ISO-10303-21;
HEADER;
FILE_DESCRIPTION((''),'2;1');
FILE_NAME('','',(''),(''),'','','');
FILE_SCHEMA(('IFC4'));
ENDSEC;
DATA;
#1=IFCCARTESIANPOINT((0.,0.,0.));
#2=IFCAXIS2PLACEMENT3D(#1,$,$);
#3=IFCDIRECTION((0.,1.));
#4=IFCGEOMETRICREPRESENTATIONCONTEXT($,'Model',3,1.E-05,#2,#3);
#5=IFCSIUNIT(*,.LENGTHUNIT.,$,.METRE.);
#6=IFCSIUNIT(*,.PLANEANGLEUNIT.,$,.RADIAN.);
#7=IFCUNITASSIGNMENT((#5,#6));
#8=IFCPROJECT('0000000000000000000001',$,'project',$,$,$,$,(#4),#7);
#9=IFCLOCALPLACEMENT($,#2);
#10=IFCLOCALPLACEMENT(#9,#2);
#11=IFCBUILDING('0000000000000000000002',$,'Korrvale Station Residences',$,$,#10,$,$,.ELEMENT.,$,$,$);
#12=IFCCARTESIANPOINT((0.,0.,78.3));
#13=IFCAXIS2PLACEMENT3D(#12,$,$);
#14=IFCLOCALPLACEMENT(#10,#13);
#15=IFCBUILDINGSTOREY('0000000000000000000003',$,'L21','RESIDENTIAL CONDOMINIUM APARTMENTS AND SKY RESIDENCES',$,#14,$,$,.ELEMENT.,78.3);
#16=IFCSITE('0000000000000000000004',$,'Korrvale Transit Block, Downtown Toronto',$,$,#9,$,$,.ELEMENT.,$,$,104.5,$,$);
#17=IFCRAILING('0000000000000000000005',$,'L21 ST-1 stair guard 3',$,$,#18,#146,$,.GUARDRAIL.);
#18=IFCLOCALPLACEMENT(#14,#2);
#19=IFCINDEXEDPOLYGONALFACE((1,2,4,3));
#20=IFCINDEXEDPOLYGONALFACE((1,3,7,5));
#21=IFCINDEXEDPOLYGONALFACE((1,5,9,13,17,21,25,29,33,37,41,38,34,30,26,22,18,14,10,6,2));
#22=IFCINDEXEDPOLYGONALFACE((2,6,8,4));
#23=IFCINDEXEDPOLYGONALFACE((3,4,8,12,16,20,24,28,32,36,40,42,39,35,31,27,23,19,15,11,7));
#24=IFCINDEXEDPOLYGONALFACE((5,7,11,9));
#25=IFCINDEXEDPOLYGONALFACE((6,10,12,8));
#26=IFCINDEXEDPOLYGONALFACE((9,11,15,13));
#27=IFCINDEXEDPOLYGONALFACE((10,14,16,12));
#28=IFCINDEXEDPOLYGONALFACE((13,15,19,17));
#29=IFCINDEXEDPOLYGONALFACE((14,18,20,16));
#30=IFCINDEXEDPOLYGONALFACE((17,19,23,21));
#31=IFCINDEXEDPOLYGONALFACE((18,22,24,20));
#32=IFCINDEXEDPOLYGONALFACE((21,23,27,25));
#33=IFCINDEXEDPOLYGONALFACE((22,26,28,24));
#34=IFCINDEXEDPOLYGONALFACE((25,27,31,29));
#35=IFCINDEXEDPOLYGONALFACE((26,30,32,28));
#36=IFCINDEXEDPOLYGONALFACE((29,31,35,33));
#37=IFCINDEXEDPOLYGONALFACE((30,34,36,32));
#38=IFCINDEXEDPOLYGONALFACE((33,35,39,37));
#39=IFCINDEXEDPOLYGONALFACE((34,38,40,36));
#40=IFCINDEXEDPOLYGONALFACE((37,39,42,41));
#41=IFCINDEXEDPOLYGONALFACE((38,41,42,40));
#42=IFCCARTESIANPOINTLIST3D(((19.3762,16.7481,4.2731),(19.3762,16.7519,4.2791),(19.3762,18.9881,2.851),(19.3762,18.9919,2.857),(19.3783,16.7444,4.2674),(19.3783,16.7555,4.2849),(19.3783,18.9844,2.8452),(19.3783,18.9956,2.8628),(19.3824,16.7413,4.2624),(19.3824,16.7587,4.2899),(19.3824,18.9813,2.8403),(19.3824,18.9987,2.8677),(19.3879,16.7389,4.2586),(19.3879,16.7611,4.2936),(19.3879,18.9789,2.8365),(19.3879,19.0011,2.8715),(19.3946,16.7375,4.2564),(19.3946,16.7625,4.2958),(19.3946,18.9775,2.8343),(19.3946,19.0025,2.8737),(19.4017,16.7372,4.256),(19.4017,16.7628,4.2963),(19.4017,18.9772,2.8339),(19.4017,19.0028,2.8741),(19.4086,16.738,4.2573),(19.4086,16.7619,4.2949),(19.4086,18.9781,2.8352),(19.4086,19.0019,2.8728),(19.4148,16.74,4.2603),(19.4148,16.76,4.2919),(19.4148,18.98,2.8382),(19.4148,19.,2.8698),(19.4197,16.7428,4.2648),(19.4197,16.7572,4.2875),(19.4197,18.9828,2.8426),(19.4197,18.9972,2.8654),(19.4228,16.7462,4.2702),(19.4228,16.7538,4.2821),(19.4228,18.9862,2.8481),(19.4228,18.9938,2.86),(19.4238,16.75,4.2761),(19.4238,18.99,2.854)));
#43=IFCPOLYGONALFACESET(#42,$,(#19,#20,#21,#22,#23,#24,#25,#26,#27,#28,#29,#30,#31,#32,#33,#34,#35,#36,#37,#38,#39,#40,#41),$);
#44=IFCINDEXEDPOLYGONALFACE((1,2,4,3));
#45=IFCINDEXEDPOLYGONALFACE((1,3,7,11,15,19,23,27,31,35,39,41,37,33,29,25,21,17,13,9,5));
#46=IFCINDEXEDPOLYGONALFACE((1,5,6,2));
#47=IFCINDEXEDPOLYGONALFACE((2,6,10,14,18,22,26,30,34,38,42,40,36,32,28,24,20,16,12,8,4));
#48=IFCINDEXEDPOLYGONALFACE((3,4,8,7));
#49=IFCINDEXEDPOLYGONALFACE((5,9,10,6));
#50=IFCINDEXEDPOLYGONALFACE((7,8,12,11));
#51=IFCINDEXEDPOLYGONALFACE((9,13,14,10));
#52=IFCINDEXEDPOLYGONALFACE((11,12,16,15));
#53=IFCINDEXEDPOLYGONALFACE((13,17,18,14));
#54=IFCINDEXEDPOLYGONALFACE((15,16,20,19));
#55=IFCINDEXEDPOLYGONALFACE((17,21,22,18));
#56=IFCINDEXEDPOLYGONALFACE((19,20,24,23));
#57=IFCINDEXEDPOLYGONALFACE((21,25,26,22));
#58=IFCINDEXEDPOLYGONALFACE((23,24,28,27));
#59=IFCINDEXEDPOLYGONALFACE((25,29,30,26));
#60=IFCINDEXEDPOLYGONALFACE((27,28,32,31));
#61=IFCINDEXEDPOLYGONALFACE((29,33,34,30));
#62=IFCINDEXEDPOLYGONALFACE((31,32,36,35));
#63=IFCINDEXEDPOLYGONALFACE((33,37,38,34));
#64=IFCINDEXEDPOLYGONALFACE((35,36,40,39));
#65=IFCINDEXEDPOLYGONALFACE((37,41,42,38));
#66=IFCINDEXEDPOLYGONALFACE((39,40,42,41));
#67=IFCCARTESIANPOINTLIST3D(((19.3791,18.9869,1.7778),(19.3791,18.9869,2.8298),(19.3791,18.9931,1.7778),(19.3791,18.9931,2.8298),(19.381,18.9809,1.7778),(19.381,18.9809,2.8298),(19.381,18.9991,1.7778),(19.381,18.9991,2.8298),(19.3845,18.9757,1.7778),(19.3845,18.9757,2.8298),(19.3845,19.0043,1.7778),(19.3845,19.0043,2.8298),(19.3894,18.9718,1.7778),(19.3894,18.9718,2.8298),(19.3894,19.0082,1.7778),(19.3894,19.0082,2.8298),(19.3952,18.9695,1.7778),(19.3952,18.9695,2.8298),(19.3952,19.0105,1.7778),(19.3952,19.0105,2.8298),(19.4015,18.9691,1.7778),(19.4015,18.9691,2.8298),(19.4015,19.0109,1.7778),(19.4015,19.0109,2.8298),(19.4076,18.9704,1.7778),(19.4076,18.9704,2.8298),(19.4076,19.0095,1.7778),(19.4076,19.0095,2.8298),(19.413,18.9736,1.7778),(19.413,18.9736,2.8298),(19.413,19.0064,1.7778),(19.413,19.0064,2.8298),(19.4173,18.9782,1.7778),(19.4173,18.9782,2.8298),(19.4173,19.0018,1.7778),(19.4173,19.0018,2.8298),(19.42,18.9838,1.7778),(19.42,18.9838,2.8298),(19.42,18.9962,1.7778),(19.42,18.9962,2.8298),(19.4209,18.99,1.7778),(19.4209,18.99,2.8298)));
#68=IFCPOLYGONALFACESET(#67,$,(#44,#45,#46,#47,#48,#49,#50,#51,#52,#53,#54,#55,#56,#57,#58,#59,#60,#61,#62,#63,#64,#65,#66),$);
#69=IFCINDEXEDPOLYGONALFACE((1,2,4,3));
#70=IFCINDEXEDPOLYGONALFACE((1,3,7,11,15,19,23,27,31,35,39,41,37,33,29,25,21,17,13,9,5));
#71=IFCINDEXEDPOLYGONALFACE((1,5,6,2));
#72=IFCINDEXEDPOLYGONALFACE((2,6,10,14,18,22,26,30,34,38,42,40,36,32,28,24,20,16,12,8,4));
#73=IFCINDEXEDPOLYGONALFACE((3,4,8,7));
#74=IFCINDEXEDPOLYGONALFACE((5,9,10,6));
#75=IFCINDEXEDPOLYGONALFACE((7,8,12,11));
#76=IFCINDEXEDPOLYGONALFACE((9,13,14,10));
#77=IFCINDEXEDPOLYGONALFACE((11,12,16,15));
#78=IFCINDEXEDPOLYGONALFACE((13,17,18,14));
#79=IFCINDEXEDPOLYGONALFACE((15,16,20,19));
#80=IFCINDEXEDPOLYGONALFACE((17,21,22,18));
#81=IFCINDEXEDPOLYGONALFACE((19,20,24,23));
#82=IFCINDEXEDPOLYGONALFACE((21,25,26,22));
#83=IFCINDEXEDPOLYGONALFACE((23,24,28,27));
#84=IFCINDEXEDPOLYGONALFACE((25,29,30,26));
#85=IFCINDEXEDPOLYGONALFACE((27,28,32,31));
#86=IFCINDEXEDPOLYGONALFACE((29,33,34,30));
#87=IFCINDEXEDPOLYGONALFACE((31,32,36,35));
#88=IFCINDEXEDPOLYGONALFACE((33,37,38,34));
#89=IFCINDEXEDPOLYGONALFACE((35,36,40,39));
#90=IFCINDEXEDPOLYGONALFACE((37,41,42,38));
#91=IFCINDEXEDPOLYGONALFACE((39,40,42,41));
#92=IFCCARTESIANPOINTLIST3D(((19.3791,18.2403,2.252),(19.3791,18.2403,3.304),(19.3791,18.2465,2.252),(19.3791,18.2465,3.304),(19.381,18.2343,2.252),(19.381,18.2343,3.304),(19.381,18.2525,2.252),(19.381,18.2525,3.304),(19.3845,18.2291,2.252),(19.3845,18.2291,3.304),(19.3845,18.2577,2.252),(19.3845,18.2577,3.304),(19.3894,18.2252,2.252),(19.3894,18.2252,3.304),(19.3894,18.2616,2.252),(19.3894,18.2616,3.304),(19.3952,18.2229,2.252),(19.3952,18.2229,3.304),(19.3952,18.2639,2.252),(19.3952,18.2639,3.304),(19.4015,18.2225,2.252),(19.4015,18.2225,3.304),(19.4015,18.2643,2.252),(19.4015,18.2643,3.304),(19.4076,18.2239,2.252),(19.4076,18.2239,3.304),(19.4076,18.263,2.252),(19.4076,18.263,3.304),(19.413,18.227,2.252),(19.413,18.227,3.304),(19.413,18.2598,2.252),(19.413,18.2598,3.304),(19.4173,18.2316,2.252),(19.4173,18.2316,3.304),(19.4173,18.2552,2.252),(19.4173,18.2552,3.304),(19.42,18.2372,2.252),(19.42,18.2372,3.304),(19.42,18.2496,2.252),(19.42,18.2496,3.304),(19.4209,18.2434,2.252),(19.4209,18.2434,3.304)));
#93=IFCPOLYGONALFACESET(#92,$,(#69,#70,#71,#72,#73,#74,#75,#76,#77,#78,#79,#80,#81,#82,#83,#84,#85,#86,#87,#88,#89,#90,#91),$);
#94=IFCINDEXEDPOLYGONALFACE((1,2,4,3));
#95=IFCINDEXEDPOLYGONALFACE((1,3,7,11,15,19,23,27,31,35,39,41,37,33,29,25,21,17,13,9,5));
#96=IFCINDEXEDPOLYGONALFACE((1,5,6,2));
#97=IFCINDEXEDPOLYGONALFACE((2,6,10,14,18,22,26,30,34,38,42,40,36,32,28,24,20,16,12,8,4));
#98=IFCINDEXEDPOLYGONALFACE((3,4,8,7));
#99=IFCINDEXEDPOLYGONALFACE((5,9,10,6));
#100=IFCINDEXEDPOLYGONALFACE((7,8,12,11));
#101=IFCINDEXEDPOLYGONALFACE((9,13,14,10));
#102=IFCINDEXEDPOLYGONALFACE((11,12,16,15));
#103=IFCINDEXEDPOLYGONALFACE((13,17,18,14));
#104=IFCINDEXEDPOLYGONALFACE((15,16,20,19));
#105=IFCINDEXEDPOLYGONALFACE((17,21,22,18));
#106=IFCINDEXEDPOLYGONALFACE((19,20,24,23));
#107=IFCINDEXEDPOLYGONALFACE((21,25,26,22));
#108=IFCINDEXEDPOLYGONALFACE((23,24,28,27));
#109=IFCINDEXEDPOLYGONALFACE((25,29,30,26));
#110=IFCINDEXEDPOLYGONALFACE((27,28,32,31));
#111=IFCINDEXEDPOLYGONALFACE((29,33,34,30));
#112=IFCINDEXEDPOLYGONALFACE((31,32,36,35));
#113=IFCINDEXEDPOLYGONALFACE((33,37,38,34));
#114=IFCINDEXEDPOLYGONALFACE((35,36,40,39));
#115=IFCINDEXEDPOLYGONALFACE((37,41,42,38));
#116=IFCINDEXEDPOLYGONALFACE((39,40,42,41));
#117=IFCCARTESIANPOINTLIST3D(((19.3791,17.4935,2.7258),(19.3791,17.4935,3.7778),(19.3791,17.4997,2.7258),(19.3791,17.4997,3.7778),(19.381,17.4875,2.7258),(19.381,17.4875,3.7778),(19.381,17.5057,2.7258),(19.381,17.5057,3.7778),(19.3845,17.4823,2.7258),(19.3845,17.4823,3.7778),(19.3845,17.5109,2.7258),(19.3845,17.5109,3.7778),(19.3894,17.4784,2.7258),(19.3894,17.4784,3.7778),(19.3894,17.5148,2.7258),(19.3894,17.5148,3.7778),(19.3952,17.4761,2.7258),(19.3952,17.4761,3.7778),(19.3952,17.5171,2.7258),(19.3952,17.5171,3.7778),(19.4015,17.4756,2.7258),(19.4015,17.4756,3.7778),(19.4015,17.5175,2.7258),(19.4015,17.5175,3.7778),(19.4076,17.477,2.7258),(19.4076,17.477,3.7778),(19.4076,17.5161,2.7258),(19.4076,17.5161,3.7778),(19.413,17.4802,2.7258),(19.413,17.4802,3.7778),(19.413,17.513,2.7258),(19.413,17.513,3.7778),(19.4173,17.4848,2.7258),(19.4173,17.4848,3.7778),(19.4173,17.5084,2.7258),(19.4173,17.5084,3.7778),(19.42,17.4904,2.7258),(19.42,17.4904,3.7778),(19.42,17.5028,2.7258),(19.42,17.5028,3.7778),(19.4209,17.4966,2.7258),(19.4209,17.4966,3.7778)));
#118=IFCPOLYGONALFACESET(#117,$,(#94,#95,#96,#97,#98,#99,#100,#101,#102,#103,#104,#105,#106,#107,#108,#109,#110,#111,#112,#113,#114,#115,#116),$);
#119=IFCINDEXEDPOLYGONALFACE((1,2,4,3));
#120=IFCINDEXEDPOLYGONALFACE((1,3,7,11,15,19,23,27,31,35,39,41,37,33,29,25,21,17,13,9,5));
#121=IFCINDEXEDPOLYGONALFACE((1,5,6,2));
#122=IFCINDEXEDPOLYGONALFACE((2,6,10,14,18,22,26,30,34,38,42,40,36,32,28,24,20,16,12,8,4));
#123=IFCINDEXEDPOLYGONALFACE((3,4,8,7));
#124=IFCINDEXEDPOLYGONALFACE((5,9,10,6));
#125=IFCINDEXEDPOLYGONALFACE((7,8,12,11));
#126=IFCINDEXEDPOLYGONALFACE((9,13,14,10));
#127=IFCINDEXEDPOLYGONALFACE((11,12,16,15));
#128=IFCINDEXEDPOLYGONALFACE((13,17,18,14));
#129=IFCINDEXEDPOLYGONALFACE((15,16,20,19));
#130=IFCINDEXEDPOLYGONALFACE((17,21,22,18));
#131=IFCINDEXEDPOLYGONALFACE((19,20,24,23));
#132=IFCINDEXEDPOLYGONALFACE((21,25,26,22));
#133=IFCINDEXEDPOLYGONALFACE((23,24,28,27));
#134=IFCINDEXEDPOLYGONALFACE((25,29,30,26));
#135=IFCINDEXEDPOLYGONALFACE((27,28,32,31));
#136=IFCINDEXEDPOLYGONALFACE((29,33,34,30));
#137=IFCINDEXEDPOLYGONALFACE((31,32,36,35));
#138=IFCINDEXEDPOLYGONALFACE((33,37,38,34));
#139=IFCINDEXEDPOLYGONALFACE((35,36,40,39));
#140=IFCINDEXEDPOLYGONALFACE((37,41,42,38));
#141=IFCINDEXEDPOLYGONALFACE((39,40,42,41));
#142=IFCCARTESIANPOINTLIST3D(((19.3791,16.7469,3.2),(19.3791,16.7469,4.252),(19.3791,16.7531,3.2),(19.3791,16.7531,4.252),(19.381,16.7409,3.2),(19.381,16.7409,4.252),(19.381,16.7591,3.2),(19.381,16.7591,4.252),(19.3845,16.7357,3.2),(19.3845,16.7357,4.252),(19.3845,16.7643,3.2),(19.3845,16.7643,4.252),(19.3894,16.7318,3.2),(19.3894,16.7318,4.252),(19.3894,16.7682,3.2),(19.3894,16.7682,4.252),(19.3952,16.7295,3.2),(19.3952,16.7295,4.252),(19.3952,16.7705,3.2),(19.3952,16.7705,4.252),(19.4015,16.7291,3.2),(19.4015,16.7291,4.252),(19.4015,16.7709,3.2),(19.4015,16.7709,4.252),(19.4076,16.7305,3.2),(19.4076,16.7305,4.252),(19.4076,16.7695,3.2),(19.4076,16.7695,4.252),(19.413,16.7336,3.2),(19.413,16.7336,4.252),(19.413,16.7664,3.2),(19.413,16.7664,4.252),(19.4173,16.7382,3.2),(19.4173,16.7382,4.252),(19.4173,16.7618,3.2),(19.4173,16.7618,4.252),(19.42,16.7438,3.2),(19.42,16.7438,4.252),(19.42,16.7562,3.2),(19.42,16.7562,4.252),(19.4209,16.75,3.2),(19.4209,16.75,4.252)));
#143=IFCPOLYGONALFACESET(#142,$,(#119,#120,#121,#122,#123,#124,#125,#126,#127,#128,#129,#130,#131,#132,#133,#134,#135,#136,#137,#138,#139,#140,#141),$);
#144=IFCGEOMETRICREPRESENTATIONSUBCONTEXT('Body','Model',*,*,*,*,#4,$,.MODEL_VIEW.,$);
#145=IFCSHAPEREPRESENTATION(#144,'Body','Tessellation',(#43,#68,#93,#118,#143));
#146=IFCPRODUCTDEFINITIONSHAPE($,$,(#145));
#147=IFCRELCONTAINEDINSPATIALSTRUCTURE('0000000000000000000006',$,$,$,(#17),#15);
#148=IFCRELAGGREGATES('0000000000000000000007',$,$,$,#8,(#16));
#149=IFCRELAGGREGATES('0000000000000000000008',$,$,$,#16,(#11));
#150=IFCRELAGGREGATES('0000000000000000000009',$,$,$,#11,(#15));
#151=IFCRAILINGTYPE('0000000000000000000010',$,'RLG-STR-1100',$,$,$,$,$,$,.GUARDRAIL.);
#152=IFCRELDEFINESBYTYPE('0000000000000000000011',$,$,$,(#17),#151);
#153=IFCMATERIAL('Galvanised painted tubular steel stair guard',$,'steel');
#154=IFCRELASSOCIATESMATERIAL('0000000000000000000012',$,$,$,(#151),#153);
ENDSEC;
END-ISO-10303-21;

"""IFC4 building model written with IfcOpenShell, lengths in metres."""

from ifc_helpers import new_model, si_unit, direction, frame, origin, origin_2d, place, context, subcontext, project, spatial, circle, extrude, material, type_object, element, save


model = new_model("IFC4")

# Units and contexts
model_context = context("Model", 3, precision=1e-05, world=origin(), true_north=direction((0.0, 1.0)))
body_context = subcontext(model_context, "Body", "Model", "MODEL_VIEW")
ifc_project = project(units=[si_unit("LENGTHUNIT", "METRE"), si_unit("PLANEANGLEUNIT", "RADIAN")], contexts=[model_context])

# Site, building, storey
site_placement = place(None, origin())
site = spatial("IfcSite", under=ifc_project, at=site_placement, Name="Korrvale Transit Block, Downtown Toronto", CompositionType="ELEMENT", RefElevation=104.5)
building_placement = place(site_placement, origin())
building = spatial("IfcBuilding", under=site, at=building_placement, Name="Korrvale Station Residences", CompositionType="ELEMENT")
storey_placement = place(building_placement, frame((0.0, 0.0, 78.3)))
storey = spatial("IfcBuildingStorey", under=building, at=storey_placement, Name="L21", Description="RESIDENTIAL CONDOMINIUM APARTMENTS AND SKY RESIDENCES", CompositionType="ELEMENT", Elevation=78.3)

# Railing
ifc_material_1 = material(Name="Galvanised painted tubular steel stair guard", Category="steel")
railing_type_1 = type_object("IfcRailingType", Name="RLG-STR-1100", PredefinedType="GUARDRAIL", material=ifc_material_1)
railing_1_placement = place(storey_placement, frame((19.3999, 18.99, 1.7778)))
element("IfcRailing", 1, at=railing_1_placement, inside=storey, type_object=railing_type_1, Name="L21 ST-1 stair guard 3", PredefinedType="GUARDRAIL", context=body_context, shape_type="SweptSolid", body=[
    extrude(circle(Radius=0.0239, at=origin_2d()), frame((0.0, 0.0, 1.0762), z_axis=(0.0, -0.844229, 0.535982), x_axis=(1.0, 0.0, 0.0)), (0.0, 0.0, 1.0), 2.6533),
    extrude(circle(Radius=0.021, at=origin_2d()), origin(), (0.0, 0.0, 1.0), 1.052),
    extrude(circle(Radius=0.021, at=origin_2d()), frame((0.0, -0.7466, 0.4741)), (0.0, 0.0, 1.0), 1.052),
    extrude(circle(Radius=0.021, at=origin_2d()), frame((0.0, -1.4934, 0.948)), (0.0, 0.0, 1.0), 1.052),
    extrude(circle(Radius=0.021, at=origin_2d()), frame((0.0, -2.24, 1.4221)), (0.0, 0.0, 1.0), 1.052),
])

save(model, "model.ifc")
